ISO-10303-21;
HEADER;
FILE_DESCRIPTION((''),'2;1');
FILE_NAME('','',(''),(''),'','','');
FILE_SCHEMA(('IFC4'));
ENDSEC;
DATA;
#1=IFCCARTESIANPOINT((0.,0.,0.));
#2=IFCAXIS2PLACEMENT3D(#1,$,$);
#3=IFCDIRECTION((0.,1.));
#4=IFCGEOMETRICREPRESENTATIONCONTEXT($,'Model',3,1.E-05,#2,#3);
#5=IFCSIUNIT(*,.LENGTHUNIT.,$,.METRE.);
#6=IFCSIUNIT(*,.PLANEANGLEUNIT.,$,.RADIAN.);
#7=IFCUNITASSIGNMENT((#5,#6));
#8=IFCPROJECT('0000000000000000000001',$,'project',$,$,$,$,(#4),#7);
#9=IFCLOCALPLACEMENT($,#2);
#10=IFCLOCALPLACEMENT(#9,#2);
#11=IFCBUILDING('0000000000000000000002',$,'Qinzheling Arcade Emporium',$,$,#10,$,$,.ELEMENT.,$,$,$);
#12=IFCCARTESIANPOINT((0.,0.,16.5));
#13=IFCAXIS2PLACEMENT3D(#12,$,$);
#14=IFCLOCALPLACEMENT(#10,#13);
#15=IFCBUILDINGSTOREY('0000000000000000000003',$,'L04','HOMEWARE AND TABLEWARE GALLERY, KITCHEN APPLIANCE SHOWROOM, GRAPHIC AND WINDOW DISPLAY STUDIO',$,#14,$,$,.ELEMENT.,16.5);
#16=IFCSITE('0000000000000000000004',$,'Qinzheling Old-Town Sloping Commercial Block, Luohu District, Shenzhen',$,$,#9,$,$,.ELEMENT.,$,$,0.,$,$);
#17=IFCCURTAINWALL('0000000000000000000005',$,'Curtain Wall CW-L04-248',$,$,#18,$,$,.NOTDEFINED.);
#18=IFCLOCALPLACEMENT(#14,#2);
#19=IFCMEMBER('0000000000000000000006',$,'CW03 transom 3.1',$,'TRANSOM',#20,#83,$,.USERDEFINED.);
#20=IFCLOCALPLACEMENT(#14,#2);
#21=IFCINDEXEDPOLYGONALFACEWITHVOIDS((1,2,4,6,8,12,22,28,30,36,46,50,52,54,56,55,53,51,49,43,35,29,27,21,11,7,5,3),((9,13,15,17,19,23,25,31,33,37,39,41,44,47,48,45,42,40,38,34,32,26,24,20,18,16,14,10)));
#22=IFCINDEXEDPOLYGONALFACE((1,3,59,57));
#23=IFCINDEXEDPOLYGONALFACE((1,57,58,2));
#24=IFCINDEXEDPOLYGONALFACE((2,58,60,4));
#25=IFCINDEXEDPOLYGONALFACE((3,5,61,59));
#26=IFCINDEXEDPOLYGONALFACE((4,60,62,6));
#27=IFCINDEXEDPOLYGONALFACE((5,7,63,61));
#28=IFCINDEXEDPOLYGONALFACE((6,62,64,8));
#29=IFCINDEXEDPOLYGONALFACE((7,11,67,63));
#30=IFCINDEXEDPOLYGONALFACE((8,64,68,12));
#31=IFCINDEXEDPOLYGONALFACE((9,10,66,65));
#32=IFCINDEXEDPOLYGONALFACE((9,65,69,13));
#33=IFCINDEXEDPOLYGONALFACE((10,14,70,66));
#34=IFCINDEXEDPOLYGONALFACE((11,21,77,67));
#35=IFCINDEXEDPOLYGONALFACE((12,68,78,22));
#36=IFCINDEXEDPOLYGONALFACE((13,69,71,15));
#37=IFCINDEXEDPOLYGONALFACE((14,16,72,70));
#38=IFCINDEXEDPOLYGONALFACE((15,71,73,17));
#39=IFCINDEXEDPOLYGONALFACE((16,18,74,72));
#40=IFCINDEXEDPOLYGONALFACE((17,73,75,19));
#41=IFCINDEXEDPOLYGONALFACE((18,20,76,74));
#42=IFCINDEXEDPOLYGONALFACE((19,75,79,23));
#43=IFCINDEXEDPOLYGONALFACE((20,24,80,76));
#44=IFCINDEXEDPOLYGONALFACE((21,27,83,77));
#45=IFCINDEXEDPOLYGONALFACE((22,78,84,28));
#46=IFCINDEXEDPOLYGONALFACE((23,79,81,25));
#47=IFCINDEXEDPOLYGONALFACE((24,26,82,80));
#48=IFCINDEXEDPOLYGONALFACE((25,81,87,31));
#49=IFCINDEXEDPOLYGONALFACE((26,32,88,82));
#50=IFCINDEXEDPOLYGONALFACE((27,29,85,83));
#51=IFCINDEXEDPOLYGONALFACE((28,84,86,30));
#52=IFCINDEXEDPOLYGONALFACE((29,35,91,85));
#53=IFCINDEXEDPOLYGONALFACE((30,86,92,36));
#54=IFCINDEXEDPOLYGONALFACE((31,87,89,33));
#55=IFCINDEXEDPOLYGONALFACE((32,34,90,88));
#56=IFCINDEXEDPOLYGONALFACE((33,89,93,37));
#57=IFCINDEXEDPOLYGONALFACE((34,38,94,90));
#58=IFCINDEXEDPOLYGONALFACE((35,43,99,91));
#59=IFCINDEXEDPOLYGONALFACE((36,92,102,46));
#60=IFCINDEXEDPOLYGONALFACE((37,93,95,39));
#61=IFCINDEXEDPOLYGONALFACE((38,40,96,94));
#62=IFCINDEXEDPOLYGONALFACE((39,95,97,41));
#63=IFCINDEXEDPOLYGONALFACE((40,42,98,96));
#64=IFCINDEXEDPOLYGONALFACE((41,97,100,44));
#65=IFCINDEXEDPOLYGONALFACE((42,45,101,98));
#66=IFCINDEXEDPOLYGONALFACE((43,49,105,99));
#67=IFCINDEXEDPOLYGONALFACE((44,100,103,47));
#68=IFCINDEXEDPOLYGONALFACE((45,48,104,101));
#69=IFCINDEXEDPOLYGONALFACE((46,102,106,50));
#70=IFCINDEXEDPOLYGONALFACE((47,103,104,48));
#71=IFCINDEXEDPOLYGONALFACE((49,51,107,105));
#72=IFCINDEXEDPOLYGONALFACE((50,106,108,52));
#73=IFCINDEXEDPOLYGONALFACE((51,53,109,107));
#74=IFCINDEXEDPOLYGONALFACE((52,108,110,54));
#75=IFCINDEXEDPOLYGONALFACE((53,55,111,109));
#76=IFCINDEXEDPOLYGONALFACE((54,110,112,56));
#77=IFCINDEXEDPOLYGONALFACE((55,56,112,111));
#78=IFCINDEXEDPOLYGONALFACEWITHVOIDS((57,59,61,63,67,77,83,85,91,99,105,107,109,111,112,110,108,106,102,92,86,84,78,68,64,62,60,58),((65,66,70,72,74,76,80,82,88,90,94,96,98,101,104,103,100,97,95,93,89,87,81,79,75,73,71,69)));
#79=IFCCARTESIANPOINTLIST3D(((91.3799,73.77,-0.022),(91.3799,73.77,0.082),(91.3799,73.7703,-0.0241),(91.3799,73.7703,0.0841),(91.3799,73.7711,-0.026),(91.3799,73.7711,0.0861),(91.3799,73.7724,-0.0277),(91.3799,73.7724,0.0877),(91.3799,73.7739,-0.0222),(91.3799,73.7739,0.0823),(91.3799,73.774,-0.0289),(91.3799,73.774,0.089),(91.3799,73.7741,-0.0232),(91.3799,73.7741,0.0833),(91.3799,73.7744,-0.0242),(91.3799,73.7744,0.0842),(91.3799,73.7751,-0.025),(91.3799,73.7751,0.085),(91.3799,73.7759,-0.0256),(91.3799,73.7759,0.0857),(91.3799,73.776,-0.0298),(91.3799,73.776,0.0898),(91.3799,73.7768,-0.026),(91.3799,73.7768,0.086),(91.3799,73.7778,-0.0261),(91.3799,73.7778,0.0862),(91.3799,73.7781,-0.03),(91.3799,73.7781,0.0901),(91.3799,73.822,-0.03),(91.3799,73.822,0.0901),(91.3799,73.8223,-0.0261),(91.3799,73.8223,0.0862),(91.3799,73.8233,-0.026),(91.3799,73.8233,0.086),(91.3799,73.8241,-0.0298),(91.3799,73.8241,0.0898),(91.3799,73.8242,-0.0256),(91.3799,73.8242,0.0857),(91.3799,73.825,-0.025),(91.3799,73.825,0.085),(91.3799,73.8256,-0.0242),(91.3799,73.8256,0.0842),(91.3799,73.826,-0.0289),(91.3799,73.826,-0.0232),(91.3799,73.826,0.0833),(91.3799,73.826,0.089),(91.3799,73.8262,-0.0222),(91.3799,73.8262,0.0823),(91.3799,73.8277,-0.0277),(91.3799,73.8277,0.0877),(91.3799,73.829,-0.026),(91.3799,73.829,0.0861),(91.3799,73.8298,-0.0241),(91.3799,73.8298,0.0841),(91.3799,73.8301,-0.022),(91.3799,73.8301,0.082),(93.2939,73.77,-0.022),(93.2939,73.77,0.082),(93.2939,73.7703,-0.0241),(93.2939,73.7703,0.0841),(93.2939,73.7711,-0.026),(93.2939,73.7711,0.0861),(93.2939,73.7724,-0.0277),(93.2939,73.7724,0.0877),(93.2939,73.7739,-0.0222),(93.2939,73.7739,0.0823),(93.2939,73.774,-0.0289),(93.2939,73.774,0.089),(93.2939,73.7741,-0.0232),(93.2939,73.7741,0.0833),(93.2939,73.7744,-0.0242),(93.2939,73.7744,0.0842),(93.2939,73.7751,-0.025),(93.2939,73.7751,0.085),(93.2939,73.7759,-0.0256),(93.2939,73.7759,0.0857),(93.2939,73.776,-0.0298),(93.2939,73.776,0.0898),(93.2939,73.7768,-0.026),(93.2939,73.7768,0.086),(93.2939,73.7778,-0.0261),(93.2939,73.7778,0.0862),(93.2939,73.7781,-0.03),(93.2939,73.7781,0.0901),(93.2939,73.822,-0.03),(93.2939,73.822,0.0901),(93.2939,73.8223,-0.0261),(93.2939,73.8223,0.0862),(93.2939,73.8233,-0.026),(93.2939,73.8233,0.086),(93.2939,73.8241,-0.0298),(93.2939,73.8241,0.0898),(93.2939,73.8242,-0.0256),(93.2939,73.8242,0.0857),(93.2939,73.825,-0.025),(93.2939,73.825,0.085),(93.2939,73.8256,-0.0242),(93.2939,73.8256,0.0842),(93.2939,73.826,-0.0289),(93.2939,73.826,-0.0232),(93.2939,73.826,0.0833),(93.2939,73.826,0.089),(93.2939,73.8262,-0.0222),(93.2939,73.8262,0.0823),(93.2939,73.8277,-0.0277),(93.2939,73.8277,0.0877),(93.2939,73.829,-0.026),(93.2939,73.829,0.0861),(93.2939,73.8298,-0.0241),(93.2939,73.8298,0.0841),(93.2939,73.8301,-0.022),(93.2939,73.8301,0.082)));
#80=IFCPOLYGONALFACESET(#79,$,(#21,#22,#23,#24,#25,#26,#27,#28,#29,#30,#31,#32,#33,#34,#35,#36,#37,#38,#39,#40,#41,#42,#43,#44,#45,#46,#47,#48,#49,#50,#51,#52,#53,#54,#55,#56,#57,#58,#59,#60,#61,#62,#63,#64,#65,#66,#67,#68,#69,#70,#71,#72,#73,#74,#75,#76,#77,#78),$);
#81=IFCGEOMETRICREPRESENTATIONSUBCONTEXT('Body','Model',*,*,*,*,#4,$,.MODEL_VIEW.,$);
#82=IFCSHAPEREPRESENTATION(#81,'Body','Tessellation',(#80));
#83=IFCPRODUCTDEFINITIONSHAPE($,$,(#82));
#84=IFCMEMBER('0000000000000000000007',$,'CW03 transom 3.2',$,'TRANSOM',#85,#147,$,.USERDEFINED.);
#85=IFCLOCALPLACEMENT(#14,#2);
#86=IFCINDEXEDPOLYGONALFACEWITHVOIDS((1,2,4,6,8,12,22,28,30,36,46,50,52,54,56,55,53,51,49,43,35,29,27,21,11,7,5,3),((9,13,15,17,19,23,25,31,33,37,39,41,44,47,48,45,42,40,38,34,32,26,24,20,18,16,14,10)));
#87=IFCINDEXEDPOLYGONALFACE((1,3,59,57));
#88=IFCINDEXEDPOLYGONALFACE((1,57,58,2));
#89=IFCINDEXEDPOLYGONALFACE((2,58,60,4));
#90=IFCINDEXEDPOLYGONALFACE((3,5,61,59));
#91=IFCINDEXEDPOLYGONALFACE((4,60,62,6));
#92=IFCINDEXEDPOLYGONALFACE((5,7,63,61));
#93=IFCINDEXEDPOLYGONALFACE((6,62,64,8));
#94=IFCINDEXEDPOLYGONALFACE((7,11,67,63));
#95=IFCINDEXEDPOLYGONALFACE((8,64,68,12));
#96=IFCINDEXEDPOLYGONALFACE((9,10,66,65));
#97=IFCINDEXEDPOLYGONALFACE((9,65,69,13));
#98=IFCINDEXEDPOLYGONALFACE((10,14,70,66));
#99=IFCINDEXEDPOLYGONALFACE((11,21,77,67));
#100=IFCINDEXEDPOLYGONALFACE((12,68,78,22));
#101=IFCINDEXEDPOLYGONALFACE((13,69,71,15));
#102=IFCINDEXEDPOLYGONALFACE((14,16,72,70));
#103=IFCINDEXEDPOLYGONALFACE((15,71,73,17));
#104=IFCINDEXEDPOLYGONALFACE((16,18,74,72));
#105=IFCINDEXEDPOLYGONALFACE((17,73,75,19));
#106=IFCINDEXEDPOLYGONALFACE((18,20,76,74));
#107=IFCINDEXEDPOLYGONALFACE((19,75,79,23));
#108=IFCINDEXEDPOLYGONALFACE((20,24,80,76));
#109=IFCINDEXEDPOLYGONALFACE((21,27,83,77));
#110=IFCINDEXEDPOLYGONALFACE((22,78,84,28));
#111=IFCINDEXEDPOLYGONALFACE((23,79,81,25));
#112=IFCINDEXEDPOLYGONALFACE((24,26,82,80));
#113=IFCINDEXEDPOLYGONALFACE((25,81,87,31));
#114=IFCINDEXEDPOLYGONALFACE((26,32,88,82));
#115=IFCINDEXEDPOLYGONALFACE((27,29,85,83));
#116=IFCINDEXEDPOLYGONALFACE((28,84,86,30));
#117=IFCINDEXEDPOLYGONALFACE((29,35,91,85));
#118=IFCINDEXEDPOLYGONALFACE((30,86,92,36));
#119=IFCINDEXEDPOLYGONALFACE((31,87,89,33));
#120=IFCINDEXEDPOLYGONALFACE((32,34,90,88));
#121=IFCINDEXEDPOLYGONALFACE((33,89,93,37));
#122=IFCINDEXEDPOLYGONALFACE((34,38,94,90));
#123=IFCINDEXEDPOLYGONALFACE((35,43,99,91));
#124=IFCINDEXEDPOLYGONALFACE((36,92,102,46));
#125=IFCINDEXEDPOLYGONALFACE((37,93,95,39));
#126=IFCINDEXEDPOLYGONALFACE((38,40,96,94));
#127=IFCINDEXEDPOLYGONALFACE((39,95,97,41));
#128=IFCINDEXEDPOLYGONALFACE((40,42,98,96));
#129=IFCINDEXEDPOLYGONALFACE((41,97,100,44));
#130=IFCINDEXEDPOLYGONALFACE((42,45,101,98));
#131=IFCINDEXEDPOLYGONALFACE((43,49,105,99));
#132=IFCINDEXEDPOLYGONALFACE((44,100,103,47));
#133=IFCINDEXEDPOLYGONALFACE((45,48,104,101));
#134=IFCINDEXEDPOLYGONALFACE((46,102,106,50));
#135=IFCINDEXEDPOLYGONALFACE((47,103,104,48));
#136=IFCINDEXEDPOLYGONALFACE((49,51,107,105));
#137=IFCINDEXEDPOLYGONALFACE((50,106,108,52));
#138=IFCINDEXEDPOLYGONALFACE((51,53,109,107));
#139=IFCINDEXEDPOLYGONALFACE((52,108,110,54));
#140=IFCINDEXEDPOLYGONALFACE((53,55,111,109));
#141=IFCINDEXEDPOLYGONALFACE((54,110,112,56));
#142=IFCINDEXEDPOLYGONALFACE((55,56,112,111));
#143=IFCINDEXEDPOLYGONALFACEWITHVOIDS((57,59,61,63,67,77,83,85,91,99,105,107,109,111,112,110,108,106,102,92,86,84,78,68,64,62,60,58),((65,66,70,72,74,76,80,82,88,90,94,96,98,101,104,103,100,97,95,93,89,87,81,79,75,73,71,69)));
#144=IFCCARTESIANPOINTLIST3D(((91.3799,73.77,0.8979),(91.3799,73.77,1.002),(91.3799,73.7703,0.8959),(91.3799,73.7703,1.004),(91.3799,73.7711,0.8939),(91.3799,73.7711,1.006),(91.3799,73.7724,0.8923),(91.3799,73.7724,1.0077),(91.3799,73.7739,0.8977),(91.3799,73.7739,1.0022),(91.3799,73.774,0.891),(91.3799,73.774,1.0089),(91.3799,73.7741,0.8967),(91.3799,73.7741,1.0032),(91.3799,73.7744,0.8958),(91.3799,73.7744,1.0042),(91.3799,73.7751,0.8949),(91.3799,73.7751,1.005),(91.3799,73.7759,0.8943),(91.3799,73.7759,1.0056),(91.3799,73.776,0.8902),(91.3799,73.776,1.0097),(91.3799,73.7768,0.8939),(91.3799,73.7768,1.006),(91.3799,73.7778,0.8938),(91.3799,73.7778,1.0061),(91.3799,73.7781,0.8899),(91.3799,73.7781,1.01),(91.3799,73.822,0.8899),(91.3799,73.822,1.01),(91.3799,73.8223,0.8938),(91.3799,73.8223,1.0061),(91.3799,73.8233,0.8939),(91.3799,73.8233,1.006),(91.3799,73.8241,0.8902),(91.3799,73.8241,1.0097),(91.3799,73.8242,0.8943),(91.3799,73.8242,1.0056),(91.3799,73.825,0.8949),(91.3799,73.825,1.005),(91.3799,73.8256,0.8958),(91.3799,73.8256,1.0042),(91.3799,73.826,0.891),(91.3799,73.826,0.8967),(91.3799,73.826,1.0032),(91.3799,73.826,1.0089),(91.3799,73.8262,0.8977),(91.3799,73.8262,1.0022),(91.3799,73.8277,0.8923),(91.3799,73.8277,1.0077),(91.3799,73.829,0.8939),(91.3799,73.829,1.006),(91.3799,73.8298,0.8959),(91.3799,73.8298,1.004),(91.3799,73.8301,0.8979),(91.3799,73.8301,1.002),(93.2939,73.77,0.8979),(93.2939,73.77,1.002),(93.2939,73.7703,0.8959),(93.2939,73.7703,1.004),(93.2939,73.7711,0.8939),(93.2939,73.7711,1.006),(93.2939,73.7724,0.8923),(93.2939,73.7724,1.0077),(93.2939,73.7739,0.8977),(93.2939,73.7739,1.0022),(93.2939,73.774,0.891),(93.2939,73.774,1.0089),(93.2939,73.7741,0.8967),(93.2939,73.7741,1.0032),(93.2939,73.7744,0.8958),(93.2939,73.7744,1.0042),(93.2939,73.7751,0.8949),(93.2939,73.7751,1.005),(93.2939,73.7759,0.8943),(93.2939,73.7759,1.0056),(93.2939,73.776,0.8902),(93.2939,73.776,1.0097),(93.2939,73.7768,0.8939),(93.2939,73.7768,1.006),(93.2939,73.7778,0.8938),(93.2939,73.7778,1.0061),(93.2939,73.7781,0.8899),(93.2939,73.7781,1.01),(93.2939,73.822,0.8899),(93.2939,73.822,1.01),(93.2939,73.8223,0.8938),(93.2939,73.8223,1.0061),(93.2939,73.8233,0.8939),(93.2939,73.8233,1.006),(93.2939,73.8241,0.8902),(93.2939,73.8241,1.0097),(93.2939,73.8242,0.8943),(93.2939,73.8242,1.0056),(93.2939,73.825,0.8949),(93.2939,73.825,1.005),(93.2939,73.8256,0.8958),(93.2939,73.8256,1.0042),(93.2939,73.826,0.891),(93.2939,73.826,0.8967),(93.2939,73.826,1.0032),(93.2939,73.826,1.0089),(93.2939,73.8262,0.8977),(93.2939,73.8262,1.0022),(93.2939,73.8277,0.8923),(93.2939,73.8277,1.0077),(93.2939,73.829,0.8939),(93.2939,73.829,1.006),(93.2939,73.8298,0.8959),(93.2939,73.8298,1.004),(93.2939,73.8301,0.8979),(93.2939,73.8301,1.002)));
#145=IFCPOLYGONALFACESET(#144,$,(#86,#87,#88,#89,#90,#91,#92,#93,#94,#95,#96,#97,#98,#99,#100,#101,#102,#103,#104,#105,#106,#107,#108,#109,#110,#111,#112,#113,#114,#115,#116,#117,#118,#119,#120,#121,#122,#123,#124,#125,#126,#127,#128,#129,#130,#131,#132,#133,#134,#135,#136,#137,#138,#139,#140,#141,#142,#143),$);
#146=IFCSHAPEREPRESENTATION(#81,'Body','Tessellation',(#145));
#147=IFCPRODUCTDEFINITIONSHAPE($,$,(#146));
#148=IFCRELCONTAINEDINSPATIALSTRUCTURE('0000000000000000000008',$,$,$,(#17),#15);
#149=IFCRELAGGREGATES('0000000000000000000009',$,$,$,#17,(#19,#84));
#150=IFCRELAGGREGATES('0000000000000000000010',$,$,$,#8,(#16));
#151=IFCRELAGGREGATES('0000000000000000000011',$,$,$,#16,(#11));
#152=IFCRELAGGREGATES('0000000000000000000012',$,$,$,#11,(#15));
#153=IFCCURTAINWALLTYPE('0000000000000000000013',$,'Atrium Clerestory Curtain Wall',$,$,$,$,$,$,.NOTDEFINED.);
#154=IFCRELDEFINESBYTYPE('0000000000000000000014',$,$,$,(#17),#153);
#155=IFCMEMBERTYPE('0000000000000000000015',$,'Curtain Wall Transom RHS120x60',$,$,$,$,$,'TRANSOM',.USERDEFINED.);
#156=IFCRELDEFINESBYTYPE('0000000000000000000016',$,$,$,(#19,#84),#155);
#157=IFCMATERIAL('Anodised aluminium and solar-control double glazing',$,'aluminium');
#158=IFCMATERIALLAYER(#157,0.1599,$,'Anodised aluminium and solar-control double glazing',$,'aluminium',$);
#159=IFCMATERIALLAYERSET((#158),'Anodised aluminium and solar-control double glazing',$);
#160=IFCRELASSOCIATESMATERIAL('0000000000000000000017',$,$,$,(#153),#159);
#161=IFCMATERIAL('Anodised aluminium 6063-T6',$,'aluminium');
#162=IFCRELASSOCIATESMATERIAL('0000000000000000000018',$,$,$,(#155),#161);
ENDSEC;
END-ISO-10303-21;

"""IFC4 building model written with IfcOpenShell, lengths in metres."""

from ifc_helpers import new_model, si_unit, direction, frame, origin, origin_2d, place, context, subcontext, project, spatial, hollow_rectangle, extrude, material, layer, layer_set, material_profile, profile_set, type_object, element, aggregate, save


model = new_model("IFC4")

# Units and contexts
model_context = context("Model", 3, precision=1e-05, world=origin(), true_north=direction((0.0, 1.0)))
body_context = subcontext(model_context, "Body", "Model", "MODEL_VIEW")
ifc_project = project(units=[si_unit("LENGTHUNIT", "METRE"), si_unit("PLANEANGLEUNIT", "RADIAN")], contexts=[model_context])

# Site, building, storey
site_placement = place(None, origin())
site = spatial("IfcSite", under=ifc_project, at=site_placement, Name="Qinzheling Old-Town Sloping Commercial Block, Luohu District, Shenzhen", CompositionType="ELEMENT", RefElevation=0.0)
building_placement = place(site_placement, origin())
building = spatial("IfcBuilding", under=site, at=building_placement, Name="Qinzheling Arcade Emporium", CompositionType="ELEMENT")
storey_placement = place(building_placement, frame((0.0, 0.0, 16.5)))
storey = spatial("IfcBuildingStorey", under=building, at=storey_placement, Name="L04", Description="HOMEWARE AND TABLEWARE GALLERY, KITCHEN APPLIANCE SHOWROOM, GRAPHIC AND WINDOW DISPLAY STUDIO", CompositionType="ELEMENT", Elevation=16.5)

# Curtain wall, members
ifc_material_1 = material(Name="Anodised aluminium and solar-control double glazing", Category="aluminium")
ifc_layer_1 = layer(ifc_material_1, 0.1599, Name="Anodised aluminium and solar-control double glazing", Category="aluminium")
ifc_layer_set_1 = layer_set([ifc_layer_1], Name="Anodised aluminium and solar-control double glazing")
curtain_wall_type = type_object("IfcCurtainWallType", Name="Atrium Clerestory Curtain Wall", PredefinedType="NOTDEFINED", material=ifc_layer_set_1)
curtain_wall_placement = place(storey_placement, origin())
curtain_wall = element("IfcCurtainWall", 1, at=curtain_wall_placement, inside=storey, type_object=curtain_wall_type, Name="Curtain Wall CW-L04-248", PredefinedType="NOTDEFINED")
ifc_material_2 = material(Name="Anodised aluminium 6063-T6", Category="aluminium")
ifc_material_profile_1 = material_profile(ifc_material_2, hollow_rectangle(XDim=0.0601, YDim=0.1201, WallThickness=0.0039, InnerFilletRadius=0.0039, OuterFilletRadius=0.0081, at=origin_2d()), Name="RHS 120x60x4", Category="aluminium")
ifc_profile_set_1 = profile_set([ifc_material_profile_1], Name="Anodised aluminium 6063-T6")
member_type_1 = type_object("IfcMemberType", Name="Curtain Wall Transom RHS120x60", ElementType="TRANSOM", PredefinedType="USERDEFINED", material=ifc_profile_set_1)
member_1_placement = place(storey_placement, frame((91.3799, 73.8, 0.03), z_axis=(1.0, 0.0, 0.0), x_axis=(0.0, 1.0, 0.0)))
member_1 = element("IfcMember", 2, at=member_1_placement, type_object=member_type_1, Name="CW03 transom 3.1", ObjectType="TRANSOM", PredefinedType="USERDEFINED", context=body_context, shape_type="SweptSolid", body=[
    extrude(hollow_rectangle(XDim=0.0601, YDim=0.1201, WallThickness=0.0039, InnerFilletRadius=0.0039, OuterFilletRadius=0.0081, at=origin_2d()), origin(), (0.0, 0.0, 1.0), 1.9141),
])
member_2_placement = place(storey_placement, frame((91.3799, 73.8, 0.95), z_axis=(1.0, 0.0, 0.0), x_axis=(0.0, 1.0, 0.0)))
member_2 = element("IfcMember", 3, at=member_2_placement, type_object=member_type_1, Name="CW03 transom 3.2", ObjectType="TRANSOM", PredefinedType="USERDEFINED", context=body_context, shape_type="SweptSolid", body=[
    extrude(hollow_rectangle(XDim=0.0601, YDim=0.1201, WallThickness=0.0039, InnerFilletRadius=0.0039, OuterFilletRadius=0.0081, at=origin_2d()), origin(), (0.0, 0.0, 1.0), 1.9141),
])
aggregate(curtain_wall, [member_1, member_2])

save(model, "model.ifc")
